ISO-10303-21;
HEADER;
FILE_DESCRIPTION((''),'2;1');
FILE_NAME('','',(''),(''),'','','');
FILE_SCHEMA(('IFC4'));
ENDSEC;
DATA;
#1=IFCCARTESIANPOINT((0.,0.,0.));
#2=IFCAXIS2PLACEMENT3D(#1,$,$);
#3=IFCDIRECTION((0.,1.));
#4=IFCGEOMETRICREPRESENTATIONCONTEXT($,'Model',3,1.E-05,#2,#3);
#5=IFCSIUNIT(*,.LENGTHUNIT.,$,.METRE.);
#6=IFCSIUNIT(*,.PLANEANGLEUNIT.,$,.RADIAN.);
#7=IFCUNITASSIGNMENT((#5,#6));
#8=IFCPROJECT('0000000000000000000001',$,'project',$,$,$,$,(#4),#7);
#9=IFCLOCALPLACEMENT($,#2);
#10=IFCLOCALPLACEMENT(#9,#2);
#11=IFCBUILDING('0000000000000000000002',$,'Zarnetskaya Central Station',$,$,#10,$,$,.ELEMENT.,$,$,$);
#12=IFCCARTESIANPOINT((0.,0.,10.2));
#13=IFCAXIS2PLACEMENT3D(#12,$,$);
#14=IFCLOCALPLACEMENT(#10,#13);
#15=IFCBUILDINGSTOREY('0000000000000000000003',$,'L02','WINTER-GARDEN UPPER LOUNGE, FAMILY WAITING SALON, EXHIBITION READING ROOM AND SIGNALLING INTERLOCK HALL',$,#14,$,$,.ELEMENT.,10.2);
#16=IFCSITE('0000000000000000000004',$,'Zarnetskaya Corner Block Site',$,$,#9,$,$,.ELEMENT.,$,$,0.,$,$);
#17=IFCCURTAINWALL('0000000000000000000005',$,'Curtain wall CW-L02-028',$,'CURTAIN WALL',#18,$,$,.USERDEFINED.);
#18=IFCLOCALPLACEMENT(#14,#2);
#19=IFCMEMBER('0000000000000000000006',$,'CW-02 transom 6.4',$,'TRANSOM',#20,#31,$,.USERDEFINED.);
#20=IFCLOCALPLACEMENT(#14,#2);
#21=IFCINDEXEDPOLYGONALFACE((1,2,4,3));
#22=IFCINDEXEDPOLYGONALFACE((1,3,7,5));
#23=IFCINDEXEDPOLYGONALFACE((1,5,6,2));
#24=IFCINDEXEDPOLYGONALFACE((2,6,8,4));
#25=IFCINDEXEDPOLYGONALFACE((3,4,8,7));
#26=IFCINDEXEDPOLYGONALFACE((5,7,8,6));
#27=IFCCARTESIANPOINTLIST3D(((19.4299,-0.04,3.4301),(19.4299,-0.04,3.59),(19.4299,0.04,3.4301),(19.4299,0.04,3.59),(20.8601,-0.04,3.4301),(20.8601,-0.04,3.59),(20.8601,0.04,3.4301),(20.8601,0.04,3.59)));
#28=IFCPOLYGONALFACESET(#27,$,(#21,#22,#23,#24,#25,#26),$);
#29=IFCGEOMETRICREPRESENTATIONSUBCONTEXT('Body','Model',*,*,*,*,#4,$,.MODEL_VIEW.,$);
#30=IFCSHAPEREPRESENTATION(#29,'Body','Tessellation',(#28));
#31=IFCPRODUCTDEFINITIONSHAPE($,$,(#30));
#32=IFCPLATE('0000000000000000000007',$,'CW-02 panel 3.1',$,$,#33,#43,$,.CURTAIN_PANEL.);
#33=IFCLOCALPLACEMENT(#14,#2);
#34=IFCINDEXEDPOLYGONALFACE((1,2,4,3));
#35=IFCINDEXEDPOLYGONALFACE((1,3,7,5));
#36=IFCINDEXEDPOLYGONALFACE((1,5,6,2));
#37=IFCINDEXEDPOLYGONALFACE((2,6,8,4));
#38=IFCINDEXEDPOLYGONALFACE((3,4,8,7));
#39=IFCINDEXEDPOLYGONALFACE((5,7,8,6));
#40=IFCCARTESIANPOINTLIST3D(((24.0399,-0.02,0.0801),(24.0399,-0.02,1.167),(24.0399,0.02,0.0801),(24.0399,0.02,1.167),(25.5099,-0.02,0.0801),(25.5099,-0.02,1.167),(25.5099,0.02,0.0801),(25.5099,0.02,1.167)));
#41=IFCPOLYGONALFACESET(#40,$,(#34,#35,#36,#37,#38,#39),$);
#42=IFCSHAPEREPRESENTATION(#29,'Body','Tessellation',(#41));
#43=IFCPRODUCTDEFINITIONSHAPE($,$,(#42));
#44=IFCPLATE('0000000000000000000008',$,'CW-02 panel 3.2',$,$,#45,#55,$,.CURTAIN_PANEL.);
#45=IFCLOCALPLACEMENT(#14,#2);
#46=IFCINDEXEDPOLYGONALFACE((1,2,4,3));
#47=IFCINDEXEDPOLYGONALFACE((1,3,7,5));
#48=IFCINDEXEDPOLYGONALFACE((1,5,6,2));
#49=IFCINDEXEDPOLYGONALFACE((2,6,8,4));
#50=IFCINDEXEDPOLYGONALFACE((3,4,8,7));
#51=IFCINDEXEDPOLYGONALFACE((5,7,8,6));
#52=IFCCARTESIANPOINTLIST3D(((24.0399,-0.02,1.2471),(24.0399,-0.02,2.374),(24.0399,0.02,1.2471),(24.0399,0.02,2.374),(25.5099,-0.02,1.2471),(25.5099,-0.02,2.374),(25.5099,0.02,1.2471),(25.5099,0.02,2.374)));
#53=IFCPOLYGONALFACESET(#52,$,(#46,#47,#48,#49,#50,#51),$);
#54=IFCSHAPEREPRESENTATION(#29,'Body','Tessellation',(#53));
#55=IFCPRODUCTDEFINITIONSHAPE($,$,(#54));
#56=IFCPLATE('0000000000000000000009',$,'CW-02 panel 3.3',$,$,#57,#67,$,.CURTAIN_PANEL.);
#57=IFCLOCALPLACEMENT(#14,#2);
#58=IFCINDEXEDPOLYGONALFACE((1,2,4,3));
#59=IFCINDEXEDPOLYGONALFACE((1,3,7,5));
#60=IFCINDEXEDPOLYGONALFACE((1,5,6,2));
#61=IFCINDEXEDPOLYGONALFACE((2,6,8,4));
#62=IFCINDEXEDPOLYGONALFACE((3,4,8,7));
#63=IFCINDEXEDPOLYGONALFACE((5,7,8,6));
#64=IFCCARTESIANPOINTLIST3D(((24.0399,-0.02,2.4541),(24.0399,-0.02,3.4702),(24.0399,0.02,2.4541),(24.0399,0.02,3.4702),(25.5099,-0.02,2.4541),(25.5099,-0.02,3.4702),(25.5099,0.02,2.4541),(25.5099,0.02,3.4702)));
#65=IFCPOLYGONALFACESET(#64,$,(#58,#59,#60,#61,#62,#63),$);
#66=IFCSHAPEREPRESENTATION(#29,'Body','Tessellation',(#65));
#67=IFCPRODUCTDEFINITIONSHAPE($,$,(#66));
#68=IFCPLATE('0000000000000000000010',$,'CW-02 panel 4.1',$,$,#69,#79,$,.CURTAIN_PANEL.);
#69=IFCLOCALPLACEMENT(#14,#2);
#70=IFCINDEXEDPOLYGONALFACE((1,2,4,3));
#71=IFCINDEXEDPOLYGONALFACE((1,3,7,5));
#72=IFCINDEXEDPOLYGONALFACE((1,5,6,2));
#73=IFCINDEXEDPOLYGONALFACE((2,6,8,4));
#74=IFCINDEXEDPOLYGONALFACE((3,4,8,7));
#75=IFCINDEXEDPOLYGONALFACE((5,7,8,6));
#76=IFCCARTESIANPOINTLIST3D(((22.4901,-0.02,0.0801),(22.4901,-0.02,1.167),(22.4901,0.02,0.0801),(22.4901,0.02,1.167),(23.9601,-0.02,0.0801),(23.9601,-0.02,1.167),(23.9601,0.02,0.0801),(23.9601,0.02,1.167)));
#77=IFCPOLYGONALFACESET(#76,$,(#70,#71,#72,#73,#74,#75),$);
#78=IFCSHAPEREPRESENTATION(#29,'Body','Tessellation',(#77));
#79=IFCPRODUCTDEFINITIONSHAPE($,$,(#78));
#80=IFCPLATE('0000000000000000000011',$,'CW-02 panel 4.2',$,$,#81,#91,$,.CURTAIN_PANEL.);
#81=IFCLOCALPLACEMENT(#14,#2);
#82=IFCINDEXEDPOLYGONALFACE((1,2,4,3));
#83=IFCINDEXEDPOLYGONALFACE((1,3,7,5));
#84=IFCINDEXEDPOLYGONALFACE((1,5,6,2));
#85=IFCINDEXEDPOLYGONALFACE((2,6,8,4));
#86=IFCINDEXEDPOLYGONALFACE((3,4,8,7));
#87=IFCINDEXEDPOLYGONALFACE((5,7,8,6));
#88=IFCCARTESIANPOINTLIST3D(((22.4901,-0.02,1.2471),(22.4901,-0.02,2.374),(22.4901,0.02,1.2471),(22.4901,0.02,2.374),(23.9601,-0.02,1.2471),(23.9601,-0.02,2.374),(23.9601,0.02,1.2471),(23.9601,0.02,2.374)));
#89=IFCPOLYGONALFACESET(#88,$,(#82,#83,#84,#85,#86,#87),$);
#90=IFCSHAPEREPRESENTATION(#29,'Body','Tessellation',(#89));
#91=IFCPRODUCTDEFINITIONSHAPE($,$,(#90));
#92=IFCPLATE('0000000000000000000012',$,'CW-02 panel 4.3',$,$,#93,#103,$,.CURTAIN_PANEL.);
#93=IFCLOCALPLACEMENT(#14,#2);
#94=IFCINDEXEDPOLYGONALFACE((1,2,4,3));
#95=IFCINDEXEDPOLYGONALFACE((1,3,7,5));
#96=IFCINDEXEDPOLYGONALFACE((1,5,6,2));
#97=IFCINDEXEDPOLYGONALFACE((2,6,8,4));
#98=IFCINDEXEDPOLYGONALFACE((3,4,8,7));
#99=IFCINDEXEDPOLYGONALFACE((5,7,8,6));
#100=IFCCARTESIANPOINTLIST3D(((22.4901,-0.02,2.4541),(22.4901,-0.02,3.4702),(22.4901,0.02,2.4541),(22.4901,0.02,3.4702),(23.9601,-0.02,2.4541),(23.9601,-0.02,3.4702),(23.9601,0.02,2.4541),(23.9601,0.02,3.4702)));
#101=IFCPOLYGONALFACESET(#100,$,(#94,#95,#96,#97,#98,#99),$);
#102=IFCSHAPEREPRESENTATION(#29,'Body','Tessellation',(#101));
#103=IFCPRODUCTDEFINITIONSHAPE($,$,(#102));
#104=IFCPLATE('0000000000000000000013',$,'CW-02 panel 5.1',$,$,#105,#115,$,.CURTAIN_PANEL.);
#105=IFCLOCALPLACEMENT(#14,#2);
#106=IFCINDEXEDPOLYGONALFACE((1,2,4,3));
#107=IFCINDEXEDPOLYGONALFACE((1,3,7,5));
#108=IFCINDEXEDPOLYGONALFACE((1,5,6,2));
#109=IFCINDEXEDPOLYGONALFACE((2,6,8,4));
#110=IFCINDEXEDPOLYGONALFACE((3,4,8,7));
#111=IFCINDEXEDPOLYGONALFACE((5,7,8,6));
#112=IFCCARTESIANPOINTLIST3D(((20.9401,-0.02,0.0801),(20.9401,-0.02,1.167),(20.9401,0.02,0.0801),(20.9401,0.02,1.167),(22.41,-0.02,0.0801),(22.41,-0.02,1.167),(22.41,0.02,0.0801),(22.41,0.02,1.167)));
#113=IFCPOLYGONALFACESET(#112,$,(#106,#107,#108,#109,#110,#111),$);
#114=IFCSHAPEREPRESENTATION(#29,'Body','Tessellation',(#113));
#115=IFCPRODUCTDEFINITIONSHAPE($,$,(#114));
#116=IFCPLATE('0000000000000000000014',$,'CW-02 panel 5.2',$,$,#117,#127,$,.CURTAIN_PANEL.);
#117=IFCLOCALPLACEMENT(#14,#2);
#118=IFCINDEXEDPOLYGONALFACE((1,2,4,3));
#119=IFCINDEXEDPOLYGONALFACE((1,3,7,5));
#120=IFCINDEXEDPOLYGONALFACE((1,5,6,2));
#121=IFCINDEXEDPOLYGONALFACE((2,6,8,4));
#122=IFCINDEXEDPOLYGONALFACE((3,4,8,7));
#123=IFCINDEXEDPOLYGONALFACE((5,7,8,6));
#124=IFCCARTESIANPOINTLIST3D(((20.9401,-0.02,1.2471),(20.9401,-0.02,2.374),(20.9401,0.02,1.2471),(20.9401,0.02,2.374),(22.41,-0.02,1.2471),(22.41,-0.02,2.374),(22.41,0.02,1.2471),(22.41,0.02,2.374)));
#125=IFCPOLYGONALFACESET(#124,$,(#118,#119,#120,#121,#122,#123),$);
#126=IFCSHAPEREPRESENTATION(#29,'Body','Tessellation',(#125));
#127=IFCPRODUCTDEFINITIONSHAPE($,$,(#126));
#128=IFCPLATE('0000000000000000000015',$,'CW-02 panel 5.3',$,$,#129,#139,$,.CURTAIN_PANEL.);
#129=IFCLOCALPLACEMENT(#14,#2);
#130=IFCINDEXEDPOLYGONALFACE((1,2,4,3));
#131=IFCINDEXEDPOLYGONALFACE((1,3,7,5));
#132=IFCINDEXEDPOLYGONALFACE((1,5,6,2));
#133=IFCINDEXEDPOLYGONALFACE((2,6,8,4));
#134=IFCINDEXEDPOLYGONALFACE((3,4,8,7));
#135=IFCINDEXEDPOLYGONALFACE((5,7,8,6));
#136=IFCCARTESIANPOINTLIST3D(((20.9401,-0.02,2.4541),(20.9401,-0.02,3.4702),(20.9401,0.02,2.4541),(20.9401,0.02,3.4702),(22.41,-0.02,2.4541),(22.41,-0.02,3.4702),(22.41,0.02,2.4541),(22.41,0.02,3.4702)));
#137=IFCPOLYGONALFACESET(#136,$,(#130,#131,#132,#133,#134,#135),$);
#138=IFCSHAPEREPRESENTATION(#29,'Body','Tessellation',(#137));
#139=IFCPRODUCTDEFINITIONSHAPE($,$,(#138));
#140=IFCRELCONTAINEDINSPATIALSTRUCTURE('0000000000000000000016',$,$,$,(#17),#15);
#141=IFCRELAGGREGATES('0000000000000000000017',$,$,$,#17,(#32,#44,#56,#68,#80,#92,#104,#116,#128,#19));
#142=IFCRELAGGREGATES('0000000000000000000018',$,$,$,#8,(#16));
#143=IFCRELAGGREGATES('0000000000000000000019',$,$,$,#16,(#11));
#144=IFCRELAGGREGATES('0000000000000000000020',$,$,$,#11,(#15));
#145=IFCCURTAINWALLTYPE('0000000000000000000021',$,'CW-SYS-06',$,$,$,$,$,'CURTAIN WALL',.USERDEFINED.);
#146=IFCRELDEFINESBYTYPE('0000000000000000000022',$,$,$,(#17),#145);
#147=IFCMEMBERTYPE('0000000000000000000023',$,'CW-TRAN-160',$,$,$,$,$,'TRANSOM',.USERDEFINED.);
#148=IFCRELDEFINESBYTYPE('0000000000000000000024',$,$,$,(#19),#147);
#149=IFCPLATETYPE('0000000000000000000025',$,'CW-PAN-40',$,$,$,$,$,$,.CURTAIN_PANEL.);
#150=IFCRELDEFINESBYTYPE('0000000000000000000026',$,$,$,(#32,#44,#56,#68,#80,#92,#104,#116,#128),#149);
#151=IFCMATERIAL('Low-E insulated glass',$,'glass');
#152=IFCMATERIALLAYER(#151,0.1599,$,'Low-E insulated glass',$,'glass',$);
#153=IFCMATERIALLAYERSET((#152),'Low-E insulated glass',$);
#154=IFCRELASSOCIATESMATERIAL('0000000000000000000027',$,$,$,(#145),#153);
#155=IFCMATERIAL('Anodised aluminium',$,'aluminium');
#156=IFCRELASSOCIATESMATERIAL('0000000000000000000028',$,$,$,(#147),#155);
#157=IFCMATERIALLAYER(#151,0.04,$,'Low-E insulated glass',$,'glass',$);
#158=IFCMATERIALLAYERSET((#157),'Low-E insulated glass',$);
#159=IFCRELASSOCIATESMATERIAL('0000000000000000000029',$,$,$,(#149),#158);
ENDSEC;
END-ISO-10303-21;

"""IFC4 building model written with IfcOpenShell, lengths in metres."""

from ifc_helpers import new_model, si_unit, direction, frame, origin, origin_2d, place, context, subcontext, project, spatial, rectangle, extrude, material, layer, layer_set, material_profile, profile_set, type_object, element, aggregate, save


model = new_model("IFC4")

# Units and contexts
model_context = context("Model", 3, precision=1e-05, world=origin(), true_north=direction((0.0, 1.0)))
body_context = subcontext(model_context, "Body", "Model", "MODEL_VIEW")
ifc_project = project(units=[si_unit("LENGTHUNIT", "METRE"), si_unit("PLANEANGLEUNIT", "RADIAN")], contexts=[model_context])

# Site, building, storey
site_placement = place(None, origin())
site = spatial("IfcSite", under=ifc_project, at=site_placement, Name="Zarnetskaya Corner Block Site", CompositionType="ELEMENT", RefElevation=0.0)
building_placement = place(site_placement, origin())
building = spatial("IfcBuilding", under=site, at=building_placement, Name="Zarnetskaya Central Station", CompositionType="ELEMENT")
storey_placement = place(building_placement, frame((0.0, 0.0, 10.2)))
storey = spatial("IfcBuildingStorey", under=building, at=storey_placement, Name="L02", Description="WINTER-GARDEN UPPER LOUNGE, FAMILY WAITING SALON, EXHIBITION READING ROOM AND SIGNALLING INTERLOCK HALL", CompositionType="ELEMENT", Elevation=10.2)

# Curtain wall, member, plates
ifc_material_1 = material(Name="Low-E insulated glass", Category="glass")
ifc_layer_1 = layer(ifc_material_1, 0.1599, Name="Low-E insulated glass", Category="glass")
ifc_layer_set_1 = layer_set([ifc_layer_1], Name="Low-E insulated glass")
curtain_wall_type = type_object("IfcCurtainWallType", Name="CW-SYS-06", ElementType="CURTAIN WALL", PredefinedType="USERDEFINED", material=ifc_layer_set_1)
curtain_wall_placement = place(storey_placement, origin())
curtain_wall = element("IfcCurtainWall", 1, at=curtain_wall_placement, inside=storey, type_object=curtain_wall_type, Name="Curtain wall CW-L02-028", ObjectType="CURTAIN WALL", PredefinedType="USERDEFINED")
ifc_material_2 = material(Name="Anodised aluminium", Category="aluminium")
ifc_material_profile_1 = material_profile(ifc_material_2, rectangle(XDim=0.0801, YDim=0.1599, at=origin_2d()), Name="ALU TRAN 80x160")
ifc_profile_set_1 = profile_set([ifc_material_profile_1], Name="Anodised aluminium")
member_type_1 = type_object("IfcMemberType", Name="CW-TRAN-160", ElementType="TRANSOM", PredefinedType="USERDEFINED", material=ifc_profile_set_1)
member_1_placement = place(storey_placement, frame((20.8601, 0.0, 3.51), z_axis=(-1.0, 0.0, 0.0), x_axis=(0.0, -1.0, 0.0)))
member_1 = element("IfcMember", 2, at=member_1_placement, type_object=member_type_1, Name="CW-02 transom 6.4", ObjectType="TRANSOM", PredefinedType="USERDEFINED", context=body_context, shape_type="SweptSolid", body=[
    extrude(rectangle(XDim=0.0801, YDim=0.1599, at=origin_2d()), origin(), (0.0, 0.0, 1.0), 1.4302),
])
ifc_layer_2 = layer(ifc_material_1, 0.04, Name="Low-E insulated glass", Category="glass")
ifc_layer_set_2 = layer_set([ifc_layer_2], Name="Low-E insulated glass")
plate_type = type_object("IfcPlateType", Name="CW-PAN-40", PredefinedType="CURTAIN_PANEL", material=ifc_layer_set_2)
plate_1_placement = place(storey_placement, frame((24.7749, 0.0, 0.0801), z_axis=(0.0, 0.0, 1.0), x_axis=(-1.0, 0.0, 0.0)))
plate_1 = element("IfcPlate", 3, at=plate_1_placement, type_object=plate_type, Name="CW-02 panel 3.1", PredefinedType="CURTAIN_PANEL", context=body_context, shape_type="SweptSolid", body=[
    extrude(rectangle(XDim=1.47, YDim=0.04, at=origin_2d()), origin(), (0.0, 0.0, 1.0), 1.0869),
])
plate_2_placement = place(storey_placement, frame((24.7749, 0.0, 1.2471), z_axis=(0.0, 0.0, 1.0), x_axis=(-1.0, 0.0, 0.0)))
plate_2 = element("IfcPlate", 4, at=plate_2_placement, type_object=plate_type, Name="CW-02 panel 3.2", PredefinedType="CURTAIN_PANEL", context=body_context, shape_type="SweptSolid", body=[
    extrude(rectangle(XDim=1.47, YDim=0.04, at=origin_2d()), origin(), (0.0, 0.0, 1.0), 1.127),
])
plate_3_placement = place(storey_placement, frame((24.7749, 0.0, 2.4541), z_axis=(0.0, 0.0, 1.0), x_axis=(-1.0, 0.0, 0.0)))
plate_3 = element("IfcPlate", 5, at=plate_3_placement, type_object=plate_type, Name="CW-02 panel 3.3", PredefinedType="CURTAIN_PANEL", context=body_context, shape_type="SweptSolid", body=[
    extrude(rectangle(XDim=1.47, YDim=0.04, at=origin_2d()), origin(), (0.0, 0.0, 1.0), 1.0161),
])
plate_4_placement = place(storey_placement, frame((23.2251, 0.0, 0.0801), z_axis=(0.0, 0.0, 1.0), x_axis=(-1.0, 0.0, 0.0)))
plate_4 = element("IfcPlate", 6, at=plate_4_placement, type_object=plate_type, Name="CW-02 panel 4.1", PredefinedType="CURTAIN_PANEL", context=body_context, shape_type="SweptSolid", body=[
    extrude(rectangle(XDim=1.47, YDim=0.04, at=origin_2d()), origin(), (0.0, 0.0, 1.0), 1.0869),
])
plate_5_placement = place(storey_placement, frame((23.2251, 0.0, 1.2471), z_axis=(0.0, 0.0, 1.0), x_axis=(-1.0, 0.0, 0.0)))
plate_5 = element("IfcPlate", 7, at=plate_5_placement, type_object=plate_type, Name="CW-02 panel 4.2", PredefinedType="CURTAIN_PANEL", context=body_context, shape_type="SweptSolid", body=[
    extrude(rectangle(XDim=1.47, YDim=0.04, at=origin_2d()), origin(), (0.0, 0.0, 1.0), 1.127),
])
plate_6_placement = place(storey_placement, frame((23.2251, 0.0, 2.4541), z_axis=(0.0, 0.0, 1.0), x_axis=(-1.0, 0.0, 0.0)))
plate_6 = element("IfcPlate", 8, at=plate_6_placement, type_object=plate_type, Name="CW-02 panel 4.3", PredefinedType="CURTAIN_PANEL", context=body_context, shape_type="SweptSolid", body=[
    extrude(rectangle(XDim=1.47, YDim=0.04, at=origin_2d()), origin(), (0.0, 0.0, 1.0), 1.0161),
])
plate_7_placement = place(storey_placement, frame((21.675, 0.0, 0.0801), z_axis=(0.0, 0.0, 1.0), x_axis=(-1.0, 0.0, 0.0)))
plate_7 = element("IfcPlate", 9, at=plate_7_placement, type_object=plate_type, Name="CW-02 panel 5.1", PredefinedType="CURTAIN_PANEL", context=body_context, shape_type="SweptSolid", body=[
    extrude(rectangle(XDim=1.47, YDim=0.04, at=origin_2d()), origin(), (0.0, 0.0, 1.0), 1.0869),
])
plate_8_placement = place(storey_placement, frame((21.675, 0.0, 1.2471), z_axis=(0.0, 0.0, 1.0), x_axis=(-1.0, 0.0, 0.0)))
plate_8 = element("IfcPlate", 10, at=plate_8_placement, type_object=plate_type, Name="CW-02 panel 5.2", PredefinedType="CURTAIN_PANEL", context=body_context, shape_type="SweptSolid", body=[
    extrude(rectangle(XDim=1.47, YDim=0.04, at=origin_2d()), origin(), (0.0, 0.0, 1.0), 1.127),
])
plate_9_placement = place(storey_placement, frame((21.675, 0.0, 2.4541), z_axis=(0.0, 0.0, 1.0), x_axis=(-1.0, 0.0, 0.0)))
plate_9 = element("IfcPlate", 11, at=plate_9_placement, type_object=plate_type, Name="CW-02 panel 5.3", PredefinedType="CURTAIN_PANEL", context=body_context, shape_type="SweptSolid", body=[
    extrude(rectangle(XDim=1.47, YDim=0.04, at=origin_2d()), origin(), (0.0, 0.0, 1.0), 1.0161),
])
aggregate(curtain_wall, [plate_1, plate_2, plate_3, plate_4, plate_5, plate_6, plate_7, plate_8, plate_9, member_1])

save(model, "model.ifc")
